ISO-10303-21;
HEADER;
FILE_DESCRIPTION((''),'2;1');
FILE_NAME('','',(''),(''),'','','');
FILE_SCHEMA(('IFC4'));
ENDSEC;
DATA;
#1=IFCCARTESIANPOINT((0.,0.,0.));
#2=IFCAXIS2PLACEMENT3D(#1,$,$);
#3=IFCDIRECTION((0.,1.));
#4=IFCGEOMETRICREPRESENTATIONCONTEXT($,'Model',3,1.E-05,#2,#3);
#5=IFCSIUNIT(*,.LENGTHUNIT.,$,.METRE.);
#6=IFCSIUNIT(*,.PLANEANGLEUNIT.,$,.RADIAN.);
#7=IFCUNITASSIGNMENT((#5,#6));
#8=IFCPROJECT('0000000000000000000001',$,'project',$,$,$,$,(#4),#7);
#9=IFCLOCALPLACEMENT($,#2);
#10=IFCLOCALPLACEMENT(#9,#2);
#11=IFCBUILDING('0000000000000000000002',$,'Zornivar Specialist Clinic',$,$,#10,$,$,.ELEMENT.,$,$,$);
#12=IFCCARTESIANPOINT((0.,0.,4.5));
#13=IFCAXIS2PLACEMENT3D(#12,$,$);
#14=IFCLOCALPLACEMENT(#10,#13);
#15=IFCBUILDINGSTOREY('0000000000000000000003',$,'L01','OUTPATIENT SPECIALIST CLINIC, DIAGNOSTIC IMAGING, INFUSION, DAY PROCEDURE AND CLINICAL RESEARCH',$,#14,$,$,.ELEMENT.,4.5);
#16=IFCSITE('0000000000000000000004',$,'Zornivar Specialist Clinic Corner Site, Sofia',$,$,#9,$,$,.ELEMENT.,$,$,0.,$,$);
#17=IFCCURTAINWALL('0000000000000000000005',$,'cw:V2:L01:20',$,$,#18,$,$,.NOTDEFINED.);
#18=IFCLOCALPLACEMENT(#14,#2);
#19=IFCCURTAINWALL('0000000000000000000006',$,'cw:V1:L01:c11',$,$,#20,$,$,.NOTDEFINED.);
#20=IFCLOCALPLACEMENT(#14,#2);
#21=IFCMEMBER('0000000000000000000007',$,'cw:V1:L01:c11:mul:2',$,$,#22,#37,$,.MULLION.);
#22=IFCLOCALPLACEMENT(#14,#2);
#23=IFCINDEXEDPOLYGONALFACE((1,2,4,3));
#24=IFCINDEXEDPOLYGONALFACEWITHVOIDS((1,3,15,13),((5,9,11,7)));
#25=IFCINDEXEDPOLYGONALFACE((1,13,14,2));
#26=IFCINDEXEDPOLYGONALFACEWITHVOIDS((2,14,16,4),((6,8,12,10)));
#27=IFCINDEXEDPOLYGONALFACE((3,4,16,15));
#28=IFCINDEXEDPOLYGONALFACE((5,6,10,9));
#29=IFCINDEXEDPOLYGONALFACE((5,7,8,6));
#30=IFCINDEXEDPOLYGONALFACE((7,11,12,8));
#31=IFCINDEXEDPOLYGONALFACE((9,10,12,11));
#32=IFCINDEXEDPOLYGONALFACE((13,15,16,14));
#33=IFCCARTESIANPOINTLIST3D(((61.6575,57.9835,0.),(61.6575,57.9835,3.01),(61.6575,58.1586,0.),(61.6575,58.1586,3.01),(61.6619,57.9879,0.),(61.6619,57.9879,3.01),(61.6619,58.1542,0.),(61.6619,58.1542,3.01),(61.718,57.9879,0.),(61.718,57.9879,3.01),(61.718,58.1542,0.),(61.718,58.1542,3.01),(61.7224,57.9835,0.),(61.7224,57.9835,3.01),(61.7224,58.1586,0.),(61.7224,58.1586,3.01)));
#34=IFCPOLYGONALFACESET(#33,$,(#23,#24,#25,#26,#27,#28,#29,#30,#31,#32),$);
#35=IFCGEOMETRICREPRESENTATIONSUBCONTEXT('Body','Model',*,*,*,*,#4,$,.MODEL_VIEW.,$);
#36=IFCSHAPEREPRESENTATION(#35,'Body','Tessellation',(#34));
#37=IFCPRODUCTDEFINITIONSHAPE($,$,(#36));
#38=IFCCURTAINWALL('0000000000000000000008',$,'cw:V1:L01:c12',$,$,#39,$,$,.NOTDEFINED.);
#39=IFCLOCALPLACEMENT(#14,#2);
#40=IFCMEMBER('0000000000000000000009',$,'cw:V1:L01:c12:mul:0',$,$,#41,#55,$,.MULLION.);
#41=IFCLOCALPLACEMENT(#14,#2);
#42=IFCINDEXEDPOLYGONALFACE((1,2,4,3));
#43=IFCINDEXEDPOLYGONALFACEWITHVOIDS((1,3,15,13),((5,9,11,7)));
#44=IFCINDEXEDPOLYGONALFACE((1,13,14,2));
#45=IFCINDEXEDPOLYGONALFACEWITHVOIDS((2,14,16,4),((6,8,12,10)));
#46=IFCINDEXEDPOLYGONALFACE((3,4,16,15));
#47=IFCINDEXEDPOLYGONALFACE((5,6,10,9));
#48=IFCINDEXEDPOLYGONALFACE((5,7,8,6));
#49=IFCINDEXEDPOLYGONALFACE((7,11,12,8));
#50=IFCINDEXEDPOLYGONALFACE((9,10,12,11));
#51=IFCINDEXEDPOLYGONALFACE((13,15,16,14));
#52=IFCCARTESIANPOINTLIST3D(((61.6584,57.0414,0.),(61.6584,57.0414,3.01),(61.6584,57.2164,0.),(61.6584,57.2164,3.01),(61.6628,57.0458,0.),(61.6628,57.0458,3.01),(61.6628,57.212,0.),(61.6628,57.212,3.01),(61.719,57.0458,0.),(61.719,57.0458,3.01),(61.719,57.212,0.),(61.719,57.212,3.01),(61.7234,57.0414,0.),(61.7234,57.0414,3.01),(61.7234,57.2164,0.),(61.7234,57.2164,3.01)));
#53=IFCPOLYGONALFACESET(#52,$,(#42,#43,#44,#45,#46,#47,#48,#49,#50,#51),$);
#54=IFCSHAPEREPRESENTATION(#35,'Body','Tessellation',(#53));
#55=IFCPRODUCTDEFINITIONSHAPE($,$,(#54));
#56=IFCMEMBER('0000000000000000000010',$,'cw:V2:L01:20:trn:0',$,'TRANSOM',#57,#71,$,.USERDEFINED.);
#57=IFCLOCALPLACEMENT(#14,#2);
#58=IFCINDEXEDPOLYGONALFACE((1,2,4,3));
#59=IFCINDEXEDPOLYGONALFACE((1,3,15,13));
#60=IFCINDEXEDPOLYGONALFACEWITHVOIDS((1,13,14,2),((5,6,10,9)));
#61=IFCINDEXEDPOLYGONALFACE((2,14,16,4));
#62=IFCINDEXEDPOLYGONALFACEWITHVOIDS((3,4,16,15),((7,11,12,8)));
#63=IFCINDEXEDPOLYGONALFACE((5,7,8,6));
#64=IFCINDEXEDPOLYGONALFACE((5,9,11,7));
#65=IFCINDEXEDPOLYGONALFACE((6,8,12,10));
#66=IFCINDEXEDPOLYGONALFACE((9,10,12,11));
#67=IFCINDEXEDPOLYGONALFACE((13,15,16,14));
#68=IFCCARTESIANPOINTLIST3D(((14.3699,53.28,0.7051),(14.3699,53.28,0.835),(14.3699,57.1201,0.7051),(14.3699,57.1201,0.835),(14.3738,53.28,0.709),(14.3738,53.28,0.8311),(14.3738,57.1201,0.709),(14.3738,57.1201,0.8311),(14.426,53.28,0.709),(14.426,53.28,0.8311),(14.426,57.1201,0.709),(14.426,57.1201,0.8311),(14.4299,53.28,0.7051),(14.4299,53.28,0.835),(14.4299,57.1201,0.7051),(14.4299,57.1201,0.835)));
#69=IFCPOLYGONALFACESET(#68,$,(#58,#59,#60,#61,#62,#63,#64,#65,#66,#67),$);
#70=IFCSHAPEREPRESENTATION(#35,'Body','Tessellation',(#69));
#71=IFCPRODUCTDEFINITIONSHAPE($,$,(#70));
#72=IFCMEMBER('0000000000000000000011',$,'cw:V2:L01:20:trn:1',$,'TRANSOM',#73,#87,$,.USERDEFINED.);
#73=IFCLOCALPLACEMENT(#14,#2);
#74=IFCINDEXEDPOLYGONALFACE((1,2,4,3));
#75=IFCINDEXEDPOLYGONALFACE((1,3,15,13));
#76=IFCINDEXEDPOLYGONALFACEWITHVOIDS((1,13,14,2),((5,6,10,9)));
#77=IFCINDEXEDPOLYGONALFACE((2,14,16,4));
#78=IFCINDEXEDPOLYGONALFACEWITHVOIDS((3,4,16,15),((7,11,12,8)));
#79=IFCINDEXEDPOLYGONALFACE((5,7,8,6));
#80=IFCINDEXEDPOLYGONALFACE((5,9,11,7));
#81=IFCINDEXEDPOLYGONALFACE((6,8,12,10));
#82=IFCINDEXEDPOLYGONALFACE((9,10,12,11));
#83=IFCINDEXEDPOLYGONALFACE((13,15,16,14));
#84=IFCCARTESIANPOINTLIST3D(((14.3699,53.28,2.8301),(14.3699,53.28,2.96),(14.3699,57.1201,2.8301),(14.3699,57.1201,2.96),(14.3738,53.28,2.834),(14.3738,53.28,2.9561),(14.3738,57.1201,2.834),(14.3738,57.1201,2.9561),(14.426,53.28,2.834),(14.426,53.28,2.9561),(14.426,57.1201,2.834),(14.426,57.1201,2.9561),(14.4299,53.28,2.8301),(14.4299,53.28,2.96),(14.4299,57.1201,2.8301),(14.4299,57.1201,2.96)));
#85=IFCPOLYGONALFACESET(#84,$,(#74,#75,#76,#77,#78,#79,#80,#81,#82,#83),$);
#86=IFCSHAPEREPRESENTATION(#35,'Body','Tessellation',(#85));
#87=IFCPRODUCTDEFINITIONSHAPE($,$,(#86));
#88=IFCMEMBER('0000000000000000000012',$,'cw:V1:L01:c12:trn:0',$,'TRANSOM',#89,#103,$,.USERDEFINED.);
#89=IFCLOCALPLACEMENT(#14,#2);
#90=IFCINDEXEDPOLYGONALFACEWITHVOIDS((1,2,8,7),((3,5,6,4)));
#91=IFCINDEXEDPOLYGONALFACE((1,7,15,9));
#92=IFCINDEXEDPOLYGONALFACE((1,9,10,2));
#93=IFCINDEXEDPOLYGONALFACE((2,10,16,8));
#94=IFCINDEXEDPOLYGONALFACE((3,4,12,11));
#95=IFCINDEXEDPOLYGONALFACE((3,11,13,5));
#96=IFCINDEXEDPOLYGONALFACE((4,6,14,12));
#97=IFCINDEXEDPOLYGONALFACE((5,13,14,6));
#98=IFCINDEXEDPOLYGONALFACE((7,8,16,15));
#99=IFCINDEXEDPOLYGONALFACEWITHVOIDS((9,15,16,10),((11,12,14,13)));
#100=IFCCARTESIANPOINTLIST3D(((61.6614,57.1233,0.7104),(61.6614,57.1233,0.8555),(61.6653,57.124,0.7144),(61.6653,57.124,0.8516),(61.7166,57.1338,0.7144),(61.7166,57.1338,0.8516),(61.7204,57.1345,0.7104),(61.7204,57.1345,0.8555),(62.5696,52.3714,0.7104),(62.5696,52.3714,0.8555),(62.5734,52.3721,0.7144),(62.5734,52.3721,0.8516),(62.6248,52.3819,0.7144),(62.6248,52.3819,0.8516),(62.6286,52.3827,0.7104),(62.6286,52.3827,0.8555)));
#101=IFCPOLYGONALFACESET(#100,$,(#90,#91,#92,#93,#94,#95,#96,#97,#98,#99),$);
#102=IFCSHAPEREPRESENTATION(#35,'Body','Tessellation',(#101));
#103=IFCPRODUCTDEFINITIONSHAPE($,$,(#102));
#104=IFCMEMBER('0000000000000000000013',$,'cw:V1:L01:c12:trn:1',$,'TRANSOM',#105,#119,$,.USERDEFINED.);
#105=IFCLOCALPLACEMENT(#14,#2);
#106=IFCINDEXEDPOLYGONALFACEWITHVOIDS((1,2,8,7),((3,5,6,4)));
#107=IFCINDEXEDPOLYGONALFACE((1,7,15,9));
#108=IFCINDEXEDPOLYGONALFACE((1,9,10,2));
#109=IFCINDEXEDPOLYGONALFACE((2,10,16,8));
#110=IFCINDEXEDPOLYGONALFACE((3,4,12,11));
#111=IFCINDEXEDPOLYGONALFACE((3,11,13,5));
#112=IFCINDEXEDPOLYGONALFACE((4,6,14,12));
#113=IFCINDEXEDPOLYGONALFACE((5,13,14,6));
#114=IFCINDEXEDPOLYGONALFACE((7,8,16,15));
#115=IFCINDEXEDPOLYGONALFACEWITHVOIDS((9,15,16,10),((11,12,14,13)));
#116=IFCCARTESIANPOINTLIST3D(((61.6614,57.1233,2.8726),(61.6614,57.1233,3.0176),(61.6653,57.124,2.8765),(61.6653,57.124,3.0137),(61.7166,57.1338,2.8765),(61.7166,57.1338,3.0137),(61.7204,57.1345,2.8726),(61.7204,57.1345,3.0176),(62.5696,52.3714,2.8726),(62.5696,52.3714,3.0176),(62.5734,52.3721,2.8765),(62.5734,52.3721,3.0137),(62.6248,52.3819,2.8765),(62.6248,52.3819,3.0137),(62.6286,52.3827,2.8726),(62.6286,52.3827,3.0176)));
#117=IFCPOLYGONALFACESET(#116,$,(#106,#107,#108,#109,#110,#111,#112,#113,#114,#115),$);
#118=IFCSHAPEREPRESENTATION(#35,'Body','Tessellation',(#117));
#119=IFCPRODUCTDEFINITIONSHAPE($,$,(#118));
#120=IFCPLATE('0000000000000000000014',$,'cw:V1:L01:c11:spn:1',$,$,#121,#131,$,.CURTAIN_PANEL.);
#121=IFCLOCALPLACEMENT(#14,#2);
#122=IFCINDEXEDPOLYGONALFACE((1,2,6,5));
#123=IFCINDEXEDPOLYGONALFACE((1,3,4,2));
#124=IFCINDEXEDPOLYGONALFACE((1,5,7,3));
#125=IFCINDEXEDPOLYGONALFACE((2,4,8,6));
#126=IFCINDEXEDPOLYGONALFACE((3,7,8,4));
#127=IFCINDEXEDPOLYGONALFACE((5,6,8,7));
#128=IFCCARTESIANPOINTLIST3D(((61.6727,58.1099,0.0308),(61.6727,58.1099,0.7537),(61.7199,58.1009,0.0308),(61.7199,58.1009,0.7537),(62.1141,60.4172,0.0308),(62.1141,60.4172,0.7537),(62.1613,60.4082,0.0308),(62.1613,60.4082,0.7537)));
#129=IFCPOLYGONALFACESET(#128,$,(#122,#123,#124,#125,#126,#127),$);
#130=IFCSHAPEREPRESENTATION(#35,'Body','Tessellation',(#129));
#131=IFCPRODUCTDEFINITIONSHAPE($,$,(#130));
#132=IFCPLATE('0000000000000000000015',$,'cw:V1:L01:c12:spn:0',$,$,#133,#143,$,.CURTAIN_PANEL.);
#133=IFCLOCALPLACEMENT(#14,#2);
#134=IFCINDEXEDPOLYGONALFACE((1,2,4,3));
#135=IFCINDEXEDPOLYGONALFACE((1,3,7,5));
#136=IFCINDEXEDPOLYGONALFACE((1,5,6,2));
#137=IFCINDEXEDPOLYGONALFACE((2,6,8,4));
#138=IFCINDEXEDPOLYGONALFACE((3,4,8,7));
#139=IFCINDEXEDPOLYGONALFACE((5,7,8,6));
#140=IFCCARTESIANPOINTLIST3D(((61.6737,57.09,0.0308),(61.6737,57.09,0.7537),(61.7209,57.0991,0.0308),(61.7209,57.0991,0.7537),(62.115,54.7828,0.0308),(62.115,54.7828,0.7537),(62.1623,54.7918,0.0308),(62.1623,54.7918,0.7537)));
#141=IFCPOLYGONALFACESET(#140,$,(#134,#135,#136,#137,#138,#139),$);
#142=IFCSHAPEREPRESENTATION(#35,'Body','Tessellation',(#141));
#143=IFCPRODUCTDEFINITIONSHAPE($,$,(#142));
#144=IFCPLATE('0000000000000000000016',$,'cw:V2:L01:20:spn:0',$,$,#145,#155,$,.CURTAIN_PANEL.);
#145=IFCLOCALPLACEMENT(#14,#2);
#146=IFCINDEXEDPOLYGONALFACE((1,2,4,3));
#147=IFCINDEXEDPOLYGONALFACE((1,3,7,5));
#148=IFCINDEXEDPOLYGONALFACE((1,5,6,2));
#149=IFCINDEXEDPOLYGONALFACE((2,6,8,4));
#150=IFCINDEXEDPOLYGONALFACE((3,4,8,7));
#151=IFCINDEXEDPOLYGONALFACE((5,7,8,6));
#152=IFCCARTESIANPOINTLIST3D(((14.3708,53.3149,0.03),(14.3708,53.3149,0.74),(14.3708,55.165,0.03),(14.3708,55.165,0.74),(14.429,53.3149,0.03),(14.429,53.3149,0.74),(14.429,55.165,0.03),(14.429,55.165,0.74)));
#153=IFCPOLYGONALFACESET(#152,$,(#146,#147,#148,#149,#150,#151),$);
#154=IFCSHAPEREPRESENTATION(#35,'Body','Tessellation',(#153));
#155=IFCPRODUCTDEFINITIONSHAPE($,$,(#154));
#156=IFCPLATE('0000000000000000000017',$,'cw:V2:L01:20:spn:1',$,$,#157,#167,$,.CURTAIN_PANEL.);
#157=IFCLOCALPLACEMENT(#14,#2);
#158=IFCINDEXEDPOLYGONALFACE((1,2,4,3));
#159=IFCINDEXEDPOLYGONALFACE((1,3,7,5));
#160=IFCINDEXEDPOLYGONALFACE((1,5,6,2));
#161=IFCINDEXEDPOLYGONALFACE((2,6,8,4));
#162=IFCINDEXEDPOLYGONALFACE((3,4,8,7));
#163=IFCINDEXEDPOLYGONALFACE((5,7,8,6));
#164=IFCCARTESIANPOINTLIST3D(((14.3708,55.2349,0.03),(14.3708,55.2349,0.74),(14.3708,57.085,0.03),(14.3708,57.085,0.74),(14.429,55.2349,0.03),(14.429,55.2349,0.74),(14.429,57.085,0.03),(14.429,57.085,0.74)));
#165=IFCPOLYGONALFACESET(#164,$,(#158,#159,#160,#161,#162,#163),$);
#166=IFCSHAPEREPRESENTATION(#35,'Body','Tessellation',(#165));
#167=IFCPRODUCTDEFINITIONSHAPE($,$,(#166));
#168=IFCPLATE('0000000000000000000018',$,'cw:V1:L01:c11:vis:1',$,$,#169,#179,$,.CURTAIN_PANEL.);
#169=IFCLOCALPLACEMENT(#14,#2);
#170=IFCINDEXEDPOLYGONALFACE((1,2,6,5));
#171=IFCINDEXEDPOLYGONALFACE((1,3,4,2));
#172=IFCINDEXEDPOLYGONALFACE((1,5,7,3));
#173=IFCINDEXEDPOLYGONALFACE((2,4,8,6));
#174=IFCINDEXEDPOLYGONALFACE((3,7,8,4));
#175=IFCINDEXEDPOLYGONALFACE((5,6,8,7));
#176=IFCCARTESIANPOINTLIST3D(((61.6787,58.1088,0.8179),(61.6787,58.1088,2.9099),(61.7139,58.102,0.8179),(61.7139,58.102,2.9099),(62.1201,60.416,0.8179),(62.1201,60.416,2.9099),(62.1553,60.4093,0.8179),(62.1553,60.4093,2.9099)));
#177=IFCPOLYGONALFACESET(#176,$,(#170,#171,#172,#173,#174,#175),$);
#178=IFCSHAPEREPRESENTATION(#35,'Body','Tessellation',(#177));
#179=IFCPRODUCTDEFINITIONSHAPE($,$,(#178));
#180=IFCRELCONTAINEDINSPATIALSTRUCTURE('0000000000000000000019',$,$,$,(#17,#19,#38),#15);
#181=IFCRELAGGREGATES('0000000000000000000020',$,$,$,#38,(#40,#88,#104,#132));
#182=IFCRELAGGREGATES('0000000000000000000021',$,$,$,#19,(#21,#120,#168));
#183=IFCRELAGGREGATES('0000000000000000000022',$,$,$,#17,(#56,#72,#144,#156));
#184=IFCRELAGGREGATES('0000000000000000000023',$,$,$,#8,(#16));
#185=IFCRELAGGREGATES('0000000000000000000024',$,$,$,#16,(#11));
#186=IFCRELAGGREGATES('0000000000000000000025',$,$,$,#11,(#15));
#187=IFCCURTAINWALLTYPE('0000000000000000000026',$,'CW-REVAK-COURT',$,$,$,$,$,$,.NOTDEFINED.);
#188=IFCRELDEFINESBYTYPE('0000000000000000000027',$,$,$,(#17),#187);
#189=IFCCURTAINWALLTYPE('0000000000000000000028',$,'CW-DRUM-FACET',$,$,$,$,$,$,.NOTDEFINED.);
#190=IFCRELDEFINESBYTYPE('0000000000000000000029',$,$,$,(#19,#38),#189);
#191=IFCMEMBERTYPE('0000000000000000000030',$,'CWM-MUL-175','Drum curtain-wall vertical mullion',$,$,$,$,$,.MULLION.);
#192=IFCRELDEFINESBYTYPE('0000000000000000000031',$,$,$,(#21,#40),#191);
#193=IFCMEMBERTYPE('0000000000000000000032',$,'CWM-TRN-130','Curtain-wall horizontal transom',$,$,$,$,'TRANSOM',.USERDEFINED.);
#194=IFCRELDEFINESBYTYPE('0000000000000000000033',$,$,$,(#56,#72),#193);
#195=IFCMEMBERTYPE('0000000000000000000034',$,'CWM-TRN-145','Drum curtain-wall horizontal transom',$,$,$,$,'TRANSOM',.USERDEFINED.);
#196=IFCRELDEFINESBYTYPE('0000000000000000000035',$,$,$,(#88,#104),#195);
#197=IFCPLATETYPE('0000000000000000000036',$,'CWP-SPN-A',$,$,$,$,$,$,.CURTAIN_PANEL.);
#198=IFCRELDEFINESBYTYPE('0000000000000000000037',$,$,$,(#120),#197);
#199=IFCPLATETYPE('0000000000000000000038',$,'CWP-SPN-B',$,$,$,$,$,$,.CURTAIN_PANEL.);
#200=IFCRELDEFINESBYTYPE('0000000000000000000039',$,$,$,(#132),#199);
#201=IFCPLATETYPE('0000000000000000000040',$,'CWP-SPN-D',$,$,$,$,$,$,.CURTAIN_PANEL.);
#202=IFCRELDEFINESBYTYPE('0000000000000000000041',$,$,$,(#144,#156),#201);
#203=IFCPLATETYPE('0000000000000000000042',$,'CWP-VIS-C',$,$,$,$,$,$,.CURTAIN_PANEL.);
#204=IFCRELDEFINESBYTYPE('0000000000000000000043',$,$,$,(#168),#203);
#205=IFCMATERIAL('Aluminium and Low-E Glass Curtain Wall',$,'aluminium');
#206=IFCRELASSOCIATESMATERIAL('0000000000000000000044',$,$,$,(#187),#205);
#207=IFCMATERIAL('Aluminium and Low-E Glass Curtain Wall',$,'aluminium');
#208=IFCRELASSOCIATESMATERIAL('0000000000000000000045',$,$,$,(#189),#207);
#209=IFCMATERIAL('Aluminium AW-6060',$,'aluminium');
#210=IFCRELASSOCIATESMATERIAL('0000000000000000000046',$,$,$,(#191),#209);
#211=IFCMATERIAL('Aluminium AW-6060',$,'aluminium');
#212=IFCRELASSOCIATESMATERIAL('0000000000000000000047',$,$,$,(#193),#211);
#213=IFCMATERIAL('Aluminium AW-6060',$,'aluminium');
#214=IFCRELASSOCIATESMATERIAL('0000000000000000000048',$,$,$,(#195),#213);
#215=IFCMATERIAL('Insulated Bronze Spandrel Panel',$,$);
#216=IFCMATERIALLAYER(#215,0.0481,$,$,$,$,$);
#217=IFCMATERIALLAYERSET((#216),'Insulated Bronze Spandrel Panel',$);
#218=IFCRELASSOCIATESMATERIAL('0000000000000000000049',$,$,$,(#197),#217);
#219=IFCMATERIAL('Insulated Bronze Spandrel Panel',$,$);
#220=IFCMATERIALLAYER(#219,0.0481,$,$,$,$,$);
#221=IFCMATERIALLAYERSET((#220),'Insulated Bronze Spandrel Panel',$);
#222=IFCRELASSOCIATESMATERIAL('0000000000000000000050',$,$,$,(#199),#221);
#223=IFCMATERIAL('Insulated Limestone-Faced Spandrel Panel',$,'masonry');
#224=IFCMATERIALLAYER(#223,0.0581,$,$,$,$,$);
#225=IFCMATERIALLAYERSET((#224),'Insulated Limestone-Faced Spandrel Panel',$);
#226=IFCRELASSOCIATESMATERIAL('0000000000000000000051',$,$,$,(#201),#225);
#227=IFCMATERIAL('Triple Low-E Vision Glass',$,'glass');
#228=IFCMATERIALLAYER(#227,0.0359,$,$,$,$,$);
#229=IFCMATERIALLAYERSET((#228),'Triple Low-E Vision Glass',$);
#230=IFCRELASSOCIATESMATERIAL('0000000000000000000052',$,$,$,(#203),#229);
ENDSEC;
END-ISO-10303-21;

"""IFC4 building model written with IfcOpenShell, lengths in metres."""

from ifc_helpers import new_model, si_unit, direction, frame, origin, origin_2d, place, context, subcontext, project, spatial, rectangle, hollow_rectangle, extrude, material, layer, layer_set, material_profile, profile_set, type_object, element, aggregate, save


model = new_model("IFC4")

# Units and contexts
model_context = context("Model", 3, precision=1e-05, world=origin(), true_north=direction((0.0, 1.0)))
body_context = subcontext(model_context, "Body", "Model", "MODEL_VIEW")
ifc_project = project(units=[si_unit("LENGTHUNIT", "METRE"), si_unit("PLANEANGLEUNIT", "RADIAN")], contexts=[model_context])

# Site, building, storey
site_placement = place(None, origin())
site = spatial("IfcSite", under=ifc_project, at=site_placement, Name="Zornivar Specialist Clinic Corner Site, Sofia", CompositionType="ELEMENT", RefElevation=0.0)
building_placement = place(site_placement, origin())
building = spatial("IfcBuilding", under=site, at=building_placement, Name="Zornivar Specialist Clinic", CompositionType="ELEMENT")
storey_placement = place(building_placement, frame((0.0, 0.0, 4.5)))
storey = spatial("IfcBuildingStorey", under=building, at=storey_placement, Name="L01", Description="OUTPATIENT SPECIALIST CLINIC, DIAGNOSTIC IMAGING, INFUSION, DAY PROCEDURE AND CLINICAL RESEARCH", CompositionType="ELEMENT", Elevation=4.5)

# Curtain wall
ifc_material_1 = material(Name="Aluminium and Low-E Glass Curtain Wall", Category="aluminium")
curtain_wall_type_1 = type_object("IfcCurtainWallType", Name="CW-REVAK-COURT", PredefinedType="NOTDEFINED", material=ifc_material_1)
curtain_wall_1_placement = place(storey_placement, origin())
curtain_wall_1 = element("IfcCurtainWall", 1, at=curtain_wall_1_placement, inside=storey, type_object=curtain_wall_type_1, Name="cw:V2:L01:20", PredefinedType="NOTDEFINED")

# Curtain walls, members
ifc_material_2 = material(Name="Aluminium and Low-E Glass Curtain Wall", Category="aluminium")
curtain_wall_type_2 = type_object("IfcCurtainWallType", Name="CW-DRUM-FACET", PredefinedType="NOTDEFINED", material=ifc_material_2)
curtain_wall_2_placement = place(storey_placement, origin())
curtain_wall_2 = element("IfcCurtainWall", 2, at=curtain_wall_2_placement, inside=storey, type_object=curtain_wall_type_2, Name="cw:V1:L01:c11", PredefinedType="NOTDEFINED")
ifc_material_3 = material(Name="Aluminium AW-6060", Category="aluminium")
ifc_material_profile_1 = material_profile(ifc_material_3, hollow_rectangle(XDim=0.0649, YDim=0.175, WallThickness=0.0044, at=origin_2d()), Name="ALU 65x175x4.5")
ifc_profile_set_1 = profile_set([ifc_material_profile_1], Name="Aluminium AW-6060")
member_type_1 = type_object("IfcMemberType", Name="CWM-MUL-175", Description="Drum curtain-wall vertical mullion", PredefinedType="MULLION", material=ifc_profile_set_1)
member_1_placement = place(storey_placement, frame((61.6899, 58.071, 0.0), z_axis=(0.0, 0.0, 1.0), x_axis=(1.0, 0.0, 0.0)))
member_1 = element("IfcMember", 3, at=member_1_placement, type_object=member_type_1, Name="cw:V1:L01:c11:mul:2", PredefinedType="MULLION", context=body_context, shape_type="SweptSolid", body=[
    extrude(hollow_rectangle(XDim=0.0649, YDim=0.175, WallThickness=0.0044, at=origin_2d()), origin(), (0.0, 0.0, 1.0), 3.01),
])
curtain_wall_3_placement = place(storey_placement, origin())
curtain_wall_3 = element("IfcCurtainWall", 4, at=curtain_wall_3_placement, inside=storey, type_object=curtain_wall_type_2, Name="cw:V1:L01:c12", PredefinedType="NOTDEFINED")
member_2_placement = place(storey_placement, frame((61.6909, 57.1289, 0.0), z_axis=(0.0, 0.0, 1.0), x_axis=(1.0, 0.0, 0.0)))
member_2 = element("IfcMember", 5, at=member_2_placement, type_object=member_type_1, Name="cw:V1:L01:c12:mul:0", PredefinedType="MULLION", context=body_context, shape_type="SweptSolid", body=[
    extrude(hollow_rectangle(XDim=0.0649, YDim=0.175, WallThickness=0.0044, at=origin_2d()), origin(), (0.0, 0.0, 1.0), 3.01),
])

# Members
ifc_material_4 = material(Name="Aluminium AW-6060", Category="aluminium")
ifc_material_profile_2 = material_profile(ifc_material_4, hollow_rectangle(XDim=0.0601, YDim=0.1299, WallThickness=0.0039, at=origin_2d()), Name="ALU 60x130x4")
ifc_profile_set_2 = profile_set([ifc_material_profile_2], Name="Aluminium AW-6060")
member_type_2 = type_object("IfcMemberType", Name="CWM-TRN-130", Description="Curtain-wall horizontal transom", ElementType="TRANSOM", PredefinedType="USERDEFINED", material=ifc_profile_set_2)
member_3_placement = place(storey_placement, frame((14.3999, 53.28, 0.77), z_axis=(0.0, 1.0, 0.0), x_axis=(-1.0, 0.0, 0.0)))
member_3 = element("IfcMember", 6, at=member_3_placement, type_object=member_type_2, Name="cw:V2:L01:20:trn:0", ObjectType="TRANSOM", PredefinedType="USERDEFINED", context=body_context, shape_type="SweptSolid", body=[
    extrude(hollow_rectangle(XDim=0.0601, YDim=0.1299, WallThickness=0.0039, at=origin_2d()), origin(), (0.0, 0.0, 1.0), 3.8401),
])
member_4_placement = place(storey_placement, frame((14.3999, 53.28, 2.895), z_axis=(0.0, 1.0, 0.0), x_axis=(-1.0, 0.0, 0.0)))
member_4 = element("IfcMember", 7, at=member_4_placement, type_object=member_type_2, Name="cw:V2:L01:20:trn:1", ObjectType="TRANSOM", PredefinedType="USERDEFINED", context=body_context, shape_type="SweptSolid", body=[
    extrude(hollow_rectangle(XDim=0.0601, YDim=0.1299, WallThickness=0.0039, at=origin_2d()), origin(), (0.0, 0.0, 1.0), 3.8401),
])
ifc_material_5 = material(Name="Aluminium AW-6060", Category="aluminium")
ifc_material_profile_3 = material_profile(ifc_material_5, hollow_rectangle(XDim=0.0601, YDim=0.145, WallThickness=0.0039, at=origin_2d()), Name="ALU 60x145x4")
ifc_profile_set_3 = profile_set([ifc_material_profile_3], Name="Aluminium AW-6060")
member_type_3 = type_object("IfcMemberType", Name="CWM-TRN-145", Description="Drum curtain-wall horizontal transom", ElementType="TRANSOM", PredefinedType="USERDEFINED", material=ifc_profile_set_3)
member_5_placement = place(storey_placement, frame((61.6909, 57.1289, 0.783), z_axis=(0.187724, -0.982222, 0.0), x_axis=(0.982222, 0.187724, 0.0)))
member_5 = element("IfcMember", 8, at=member_5_placement, type_object=member_type_3, Name="cw:V1:L01:c12:trn:0", ObjectType="TRANSOM", PredefinedType="USERDEFINED", context=body_context, shape_type="SweptSolid", body=[
    extrude(hollow_rectangle(XDim=0.0601, YDim=0.145, WallThickness=0.0039, at=origin_2d()), origin(), (0.0, 0.0, 1.0), 4.8379),
])
member_6_placement = place(storey_placement, frame((61.6909, 57.1289, 2.9451), z_axis=(0.187724, -0.982222, 0.0), x_axis=(0.982222, 0.187724, 0.0)))
member_6 = element("IfcMember", 9, at=member_6_placement, type_object=member_type_3, Name="cw:V1:L01:c12:trn:1", ObjectType="TRANSOM", PredefinedType="USERDEFINED", context=body_context, shape_type="SweptSolid", body=[
    extrude(hollow_rectangle(XDim=0.0601, YDim=0.145, WallThickness=0.0039, at=origin_2d()), origin(), (0.0, 0.0, 1.0), 4.8379),
])

# Plates
ifc_material_6 = material(Name="Insulated Bronze Spandrel Panel")
ifc_layer_1 = layer(ifc_material_6, 0.0481)
ifc_layer_set_1 = layer_set([ifc_layer_1], Name="Insulated Bronze Spandrel Panel")
plate_type_1 = type_object("IfcPlateType", Name="CWP-SPN-A", PredefinedType="CURTAIN_PANEL", material=ifc_layer_set_1)
plate_1_placement = place(storey_placement, frame((61.917, 59.259, 0.0308), z_axis=(0.0, 0.0, 1.0), x_axis=(-0.187897, -0.982189, 0.0)))
plate_1 = element("IfcPlate", 10, at=plate_1_placement, type_object=plate_type_1, Name="cw:V1:L01:c11:spn:1", PredefinedType="CURTAIN_PANEL", context=body_context, shape_type="SweptSolid", body=[
    extrude(rectangle(XDim=2.3491, YDim=0.0481, at=origin_2d()), origin(), (0.0, 0.0, 1.0), 0.7229),
])
ifc_material_7 = material(Name="Insulated Bronze Spandrel Panel")
ifc_layer_2 = layer(ifc_material_7, 0.0481)
ifc_layer_set_2 = layer_set([ifc_layer_2], Name="Insulated Bronze Spandrel Panel")
plate_type_2 = type_object("IfcPlateType", Name="CWP-SPN-B", PredefinedType="CURTAIN_PANEL", material=ifc_layer_set_2)
plate_2_placement = place(storey_placement, frame((61.918, 55.9409, 0.0308), z_axis=(0.0, 0.0, 1.0), x_axis=(0.187897, -0.982189, 0.0)))
plate_2 = element("IfcPlate", 11, at=plate_2_placement, type_object=plate_type_2, Name="cw:V1:L01:c12:spn:0", PredefinedType="CURTAIN_PANEL", context=body_context, shape_type="SweptSolid", body=[
    extrude(rectangle(XDim=2.3491, YDim=0.0481, at=origin_2d()), origin(), (0.0, 0.0, 1.0), 0.7229),
])
aggregate(curtain_wall_3, [member_2, member_5, member_6, plate_2])
ifc_material_8 = material(Name="Insulated Limestone-Faced Spandrel Panel", Category="masonry")
ifc_layer_3 = layer(ifc_material_8, 0.0581)
ifc_layer_set_3 = layer_set([ifc_layer_3], Name="Insulated Limestone-Faced Spandrel Panel")
plate_type_3 = type_object("IfcPlateType", Name="CWP-SPN-D", PredefinedType="CURTAIN_PANEL", material=ifc_layer_set_3)
plate_3_placement = place(storey_placement, frame((14.3999, 54.24, 0.03), z_axis=(0.0, 0.0, 1.0), x_axis=(0.0, 1.0, 0.0)))
plate_3 = element("IfcPlate", 12, at=plate_3_placement, type_object=plate_type_3, Name="cw:V2:L01:20:spn:0", PredefinedType="CURTAIN_PANEL", context=body_context, shape_type="SweptSolid", body=[
    extrude(rectangle(XDim=1.8501, YDim=0.0581, at=origin_2d()), origin(), (0.0, 0.0, 1.0), 0.71),
])
plate_4_placement = place(storey_placement, frame((14.3999, 56.1599, 0.03), z_axis=(0.0, 0.0, 1.0), x_axis=(0.0, 1.0, 0.0)))
plate_4 = element("IfcPlate", 13, at=plate_4_placement, type_object=plate_type_3, Name="cw:V2:L01:20:spn:1", PredefinedType="CURTAIN_PANEL", context=body_context, shape_type="SweptSolid", body=[
    extrude(rectangle(XDim=1.8501, YDim=0.0581, at=origin_2d()), origin(), (0.0, 0.0, 1.0), 0.71),
])
ifc_material_9 = material(Name="Triple Low-E Vision Glass", Category="glass")
ifc_layer_4 = layer(ifc_material_9, 0.0359)
ifc_layer_set_4 = layer_set([ifc_layer_4], Name="Triple Low-E Vision Glass")
plate_type_4 = type_object("IfcPlateType", Name="CWP-VIS-C", PredefinedType="CURTAIN_PANEL", material=ifc_layer_set_4)
plate_5_placement = place(storey_placement, frame((61.917, 59.259, 0.8179), z_axis=(0.0, 0.0, 1.0), x_axis=(-0.187897, -0.982189, 0.0)))
plate_5 = element("IfcPlate", 14, at=plate_5_placement, type_object=plate_type_4, Name="cw:V1:L01:c11:vis:1", PredefinedType="CURTAIN_PANEL", context=body_context, shape_type="SweptSolid", body=[
    extrude(rectangle(XDim=2.3491, YDim=0.0359, at=origin_2d()), origin(), (0.0, 0.0, 1.0), 2.092),
])
aggregate(curtain_wall_2, [member_1, plate_1, plate_5])
aggregate(curtain_wall_1, [member_3, member_4, plate_3, plate_4])

save(model, "model.ifc")
